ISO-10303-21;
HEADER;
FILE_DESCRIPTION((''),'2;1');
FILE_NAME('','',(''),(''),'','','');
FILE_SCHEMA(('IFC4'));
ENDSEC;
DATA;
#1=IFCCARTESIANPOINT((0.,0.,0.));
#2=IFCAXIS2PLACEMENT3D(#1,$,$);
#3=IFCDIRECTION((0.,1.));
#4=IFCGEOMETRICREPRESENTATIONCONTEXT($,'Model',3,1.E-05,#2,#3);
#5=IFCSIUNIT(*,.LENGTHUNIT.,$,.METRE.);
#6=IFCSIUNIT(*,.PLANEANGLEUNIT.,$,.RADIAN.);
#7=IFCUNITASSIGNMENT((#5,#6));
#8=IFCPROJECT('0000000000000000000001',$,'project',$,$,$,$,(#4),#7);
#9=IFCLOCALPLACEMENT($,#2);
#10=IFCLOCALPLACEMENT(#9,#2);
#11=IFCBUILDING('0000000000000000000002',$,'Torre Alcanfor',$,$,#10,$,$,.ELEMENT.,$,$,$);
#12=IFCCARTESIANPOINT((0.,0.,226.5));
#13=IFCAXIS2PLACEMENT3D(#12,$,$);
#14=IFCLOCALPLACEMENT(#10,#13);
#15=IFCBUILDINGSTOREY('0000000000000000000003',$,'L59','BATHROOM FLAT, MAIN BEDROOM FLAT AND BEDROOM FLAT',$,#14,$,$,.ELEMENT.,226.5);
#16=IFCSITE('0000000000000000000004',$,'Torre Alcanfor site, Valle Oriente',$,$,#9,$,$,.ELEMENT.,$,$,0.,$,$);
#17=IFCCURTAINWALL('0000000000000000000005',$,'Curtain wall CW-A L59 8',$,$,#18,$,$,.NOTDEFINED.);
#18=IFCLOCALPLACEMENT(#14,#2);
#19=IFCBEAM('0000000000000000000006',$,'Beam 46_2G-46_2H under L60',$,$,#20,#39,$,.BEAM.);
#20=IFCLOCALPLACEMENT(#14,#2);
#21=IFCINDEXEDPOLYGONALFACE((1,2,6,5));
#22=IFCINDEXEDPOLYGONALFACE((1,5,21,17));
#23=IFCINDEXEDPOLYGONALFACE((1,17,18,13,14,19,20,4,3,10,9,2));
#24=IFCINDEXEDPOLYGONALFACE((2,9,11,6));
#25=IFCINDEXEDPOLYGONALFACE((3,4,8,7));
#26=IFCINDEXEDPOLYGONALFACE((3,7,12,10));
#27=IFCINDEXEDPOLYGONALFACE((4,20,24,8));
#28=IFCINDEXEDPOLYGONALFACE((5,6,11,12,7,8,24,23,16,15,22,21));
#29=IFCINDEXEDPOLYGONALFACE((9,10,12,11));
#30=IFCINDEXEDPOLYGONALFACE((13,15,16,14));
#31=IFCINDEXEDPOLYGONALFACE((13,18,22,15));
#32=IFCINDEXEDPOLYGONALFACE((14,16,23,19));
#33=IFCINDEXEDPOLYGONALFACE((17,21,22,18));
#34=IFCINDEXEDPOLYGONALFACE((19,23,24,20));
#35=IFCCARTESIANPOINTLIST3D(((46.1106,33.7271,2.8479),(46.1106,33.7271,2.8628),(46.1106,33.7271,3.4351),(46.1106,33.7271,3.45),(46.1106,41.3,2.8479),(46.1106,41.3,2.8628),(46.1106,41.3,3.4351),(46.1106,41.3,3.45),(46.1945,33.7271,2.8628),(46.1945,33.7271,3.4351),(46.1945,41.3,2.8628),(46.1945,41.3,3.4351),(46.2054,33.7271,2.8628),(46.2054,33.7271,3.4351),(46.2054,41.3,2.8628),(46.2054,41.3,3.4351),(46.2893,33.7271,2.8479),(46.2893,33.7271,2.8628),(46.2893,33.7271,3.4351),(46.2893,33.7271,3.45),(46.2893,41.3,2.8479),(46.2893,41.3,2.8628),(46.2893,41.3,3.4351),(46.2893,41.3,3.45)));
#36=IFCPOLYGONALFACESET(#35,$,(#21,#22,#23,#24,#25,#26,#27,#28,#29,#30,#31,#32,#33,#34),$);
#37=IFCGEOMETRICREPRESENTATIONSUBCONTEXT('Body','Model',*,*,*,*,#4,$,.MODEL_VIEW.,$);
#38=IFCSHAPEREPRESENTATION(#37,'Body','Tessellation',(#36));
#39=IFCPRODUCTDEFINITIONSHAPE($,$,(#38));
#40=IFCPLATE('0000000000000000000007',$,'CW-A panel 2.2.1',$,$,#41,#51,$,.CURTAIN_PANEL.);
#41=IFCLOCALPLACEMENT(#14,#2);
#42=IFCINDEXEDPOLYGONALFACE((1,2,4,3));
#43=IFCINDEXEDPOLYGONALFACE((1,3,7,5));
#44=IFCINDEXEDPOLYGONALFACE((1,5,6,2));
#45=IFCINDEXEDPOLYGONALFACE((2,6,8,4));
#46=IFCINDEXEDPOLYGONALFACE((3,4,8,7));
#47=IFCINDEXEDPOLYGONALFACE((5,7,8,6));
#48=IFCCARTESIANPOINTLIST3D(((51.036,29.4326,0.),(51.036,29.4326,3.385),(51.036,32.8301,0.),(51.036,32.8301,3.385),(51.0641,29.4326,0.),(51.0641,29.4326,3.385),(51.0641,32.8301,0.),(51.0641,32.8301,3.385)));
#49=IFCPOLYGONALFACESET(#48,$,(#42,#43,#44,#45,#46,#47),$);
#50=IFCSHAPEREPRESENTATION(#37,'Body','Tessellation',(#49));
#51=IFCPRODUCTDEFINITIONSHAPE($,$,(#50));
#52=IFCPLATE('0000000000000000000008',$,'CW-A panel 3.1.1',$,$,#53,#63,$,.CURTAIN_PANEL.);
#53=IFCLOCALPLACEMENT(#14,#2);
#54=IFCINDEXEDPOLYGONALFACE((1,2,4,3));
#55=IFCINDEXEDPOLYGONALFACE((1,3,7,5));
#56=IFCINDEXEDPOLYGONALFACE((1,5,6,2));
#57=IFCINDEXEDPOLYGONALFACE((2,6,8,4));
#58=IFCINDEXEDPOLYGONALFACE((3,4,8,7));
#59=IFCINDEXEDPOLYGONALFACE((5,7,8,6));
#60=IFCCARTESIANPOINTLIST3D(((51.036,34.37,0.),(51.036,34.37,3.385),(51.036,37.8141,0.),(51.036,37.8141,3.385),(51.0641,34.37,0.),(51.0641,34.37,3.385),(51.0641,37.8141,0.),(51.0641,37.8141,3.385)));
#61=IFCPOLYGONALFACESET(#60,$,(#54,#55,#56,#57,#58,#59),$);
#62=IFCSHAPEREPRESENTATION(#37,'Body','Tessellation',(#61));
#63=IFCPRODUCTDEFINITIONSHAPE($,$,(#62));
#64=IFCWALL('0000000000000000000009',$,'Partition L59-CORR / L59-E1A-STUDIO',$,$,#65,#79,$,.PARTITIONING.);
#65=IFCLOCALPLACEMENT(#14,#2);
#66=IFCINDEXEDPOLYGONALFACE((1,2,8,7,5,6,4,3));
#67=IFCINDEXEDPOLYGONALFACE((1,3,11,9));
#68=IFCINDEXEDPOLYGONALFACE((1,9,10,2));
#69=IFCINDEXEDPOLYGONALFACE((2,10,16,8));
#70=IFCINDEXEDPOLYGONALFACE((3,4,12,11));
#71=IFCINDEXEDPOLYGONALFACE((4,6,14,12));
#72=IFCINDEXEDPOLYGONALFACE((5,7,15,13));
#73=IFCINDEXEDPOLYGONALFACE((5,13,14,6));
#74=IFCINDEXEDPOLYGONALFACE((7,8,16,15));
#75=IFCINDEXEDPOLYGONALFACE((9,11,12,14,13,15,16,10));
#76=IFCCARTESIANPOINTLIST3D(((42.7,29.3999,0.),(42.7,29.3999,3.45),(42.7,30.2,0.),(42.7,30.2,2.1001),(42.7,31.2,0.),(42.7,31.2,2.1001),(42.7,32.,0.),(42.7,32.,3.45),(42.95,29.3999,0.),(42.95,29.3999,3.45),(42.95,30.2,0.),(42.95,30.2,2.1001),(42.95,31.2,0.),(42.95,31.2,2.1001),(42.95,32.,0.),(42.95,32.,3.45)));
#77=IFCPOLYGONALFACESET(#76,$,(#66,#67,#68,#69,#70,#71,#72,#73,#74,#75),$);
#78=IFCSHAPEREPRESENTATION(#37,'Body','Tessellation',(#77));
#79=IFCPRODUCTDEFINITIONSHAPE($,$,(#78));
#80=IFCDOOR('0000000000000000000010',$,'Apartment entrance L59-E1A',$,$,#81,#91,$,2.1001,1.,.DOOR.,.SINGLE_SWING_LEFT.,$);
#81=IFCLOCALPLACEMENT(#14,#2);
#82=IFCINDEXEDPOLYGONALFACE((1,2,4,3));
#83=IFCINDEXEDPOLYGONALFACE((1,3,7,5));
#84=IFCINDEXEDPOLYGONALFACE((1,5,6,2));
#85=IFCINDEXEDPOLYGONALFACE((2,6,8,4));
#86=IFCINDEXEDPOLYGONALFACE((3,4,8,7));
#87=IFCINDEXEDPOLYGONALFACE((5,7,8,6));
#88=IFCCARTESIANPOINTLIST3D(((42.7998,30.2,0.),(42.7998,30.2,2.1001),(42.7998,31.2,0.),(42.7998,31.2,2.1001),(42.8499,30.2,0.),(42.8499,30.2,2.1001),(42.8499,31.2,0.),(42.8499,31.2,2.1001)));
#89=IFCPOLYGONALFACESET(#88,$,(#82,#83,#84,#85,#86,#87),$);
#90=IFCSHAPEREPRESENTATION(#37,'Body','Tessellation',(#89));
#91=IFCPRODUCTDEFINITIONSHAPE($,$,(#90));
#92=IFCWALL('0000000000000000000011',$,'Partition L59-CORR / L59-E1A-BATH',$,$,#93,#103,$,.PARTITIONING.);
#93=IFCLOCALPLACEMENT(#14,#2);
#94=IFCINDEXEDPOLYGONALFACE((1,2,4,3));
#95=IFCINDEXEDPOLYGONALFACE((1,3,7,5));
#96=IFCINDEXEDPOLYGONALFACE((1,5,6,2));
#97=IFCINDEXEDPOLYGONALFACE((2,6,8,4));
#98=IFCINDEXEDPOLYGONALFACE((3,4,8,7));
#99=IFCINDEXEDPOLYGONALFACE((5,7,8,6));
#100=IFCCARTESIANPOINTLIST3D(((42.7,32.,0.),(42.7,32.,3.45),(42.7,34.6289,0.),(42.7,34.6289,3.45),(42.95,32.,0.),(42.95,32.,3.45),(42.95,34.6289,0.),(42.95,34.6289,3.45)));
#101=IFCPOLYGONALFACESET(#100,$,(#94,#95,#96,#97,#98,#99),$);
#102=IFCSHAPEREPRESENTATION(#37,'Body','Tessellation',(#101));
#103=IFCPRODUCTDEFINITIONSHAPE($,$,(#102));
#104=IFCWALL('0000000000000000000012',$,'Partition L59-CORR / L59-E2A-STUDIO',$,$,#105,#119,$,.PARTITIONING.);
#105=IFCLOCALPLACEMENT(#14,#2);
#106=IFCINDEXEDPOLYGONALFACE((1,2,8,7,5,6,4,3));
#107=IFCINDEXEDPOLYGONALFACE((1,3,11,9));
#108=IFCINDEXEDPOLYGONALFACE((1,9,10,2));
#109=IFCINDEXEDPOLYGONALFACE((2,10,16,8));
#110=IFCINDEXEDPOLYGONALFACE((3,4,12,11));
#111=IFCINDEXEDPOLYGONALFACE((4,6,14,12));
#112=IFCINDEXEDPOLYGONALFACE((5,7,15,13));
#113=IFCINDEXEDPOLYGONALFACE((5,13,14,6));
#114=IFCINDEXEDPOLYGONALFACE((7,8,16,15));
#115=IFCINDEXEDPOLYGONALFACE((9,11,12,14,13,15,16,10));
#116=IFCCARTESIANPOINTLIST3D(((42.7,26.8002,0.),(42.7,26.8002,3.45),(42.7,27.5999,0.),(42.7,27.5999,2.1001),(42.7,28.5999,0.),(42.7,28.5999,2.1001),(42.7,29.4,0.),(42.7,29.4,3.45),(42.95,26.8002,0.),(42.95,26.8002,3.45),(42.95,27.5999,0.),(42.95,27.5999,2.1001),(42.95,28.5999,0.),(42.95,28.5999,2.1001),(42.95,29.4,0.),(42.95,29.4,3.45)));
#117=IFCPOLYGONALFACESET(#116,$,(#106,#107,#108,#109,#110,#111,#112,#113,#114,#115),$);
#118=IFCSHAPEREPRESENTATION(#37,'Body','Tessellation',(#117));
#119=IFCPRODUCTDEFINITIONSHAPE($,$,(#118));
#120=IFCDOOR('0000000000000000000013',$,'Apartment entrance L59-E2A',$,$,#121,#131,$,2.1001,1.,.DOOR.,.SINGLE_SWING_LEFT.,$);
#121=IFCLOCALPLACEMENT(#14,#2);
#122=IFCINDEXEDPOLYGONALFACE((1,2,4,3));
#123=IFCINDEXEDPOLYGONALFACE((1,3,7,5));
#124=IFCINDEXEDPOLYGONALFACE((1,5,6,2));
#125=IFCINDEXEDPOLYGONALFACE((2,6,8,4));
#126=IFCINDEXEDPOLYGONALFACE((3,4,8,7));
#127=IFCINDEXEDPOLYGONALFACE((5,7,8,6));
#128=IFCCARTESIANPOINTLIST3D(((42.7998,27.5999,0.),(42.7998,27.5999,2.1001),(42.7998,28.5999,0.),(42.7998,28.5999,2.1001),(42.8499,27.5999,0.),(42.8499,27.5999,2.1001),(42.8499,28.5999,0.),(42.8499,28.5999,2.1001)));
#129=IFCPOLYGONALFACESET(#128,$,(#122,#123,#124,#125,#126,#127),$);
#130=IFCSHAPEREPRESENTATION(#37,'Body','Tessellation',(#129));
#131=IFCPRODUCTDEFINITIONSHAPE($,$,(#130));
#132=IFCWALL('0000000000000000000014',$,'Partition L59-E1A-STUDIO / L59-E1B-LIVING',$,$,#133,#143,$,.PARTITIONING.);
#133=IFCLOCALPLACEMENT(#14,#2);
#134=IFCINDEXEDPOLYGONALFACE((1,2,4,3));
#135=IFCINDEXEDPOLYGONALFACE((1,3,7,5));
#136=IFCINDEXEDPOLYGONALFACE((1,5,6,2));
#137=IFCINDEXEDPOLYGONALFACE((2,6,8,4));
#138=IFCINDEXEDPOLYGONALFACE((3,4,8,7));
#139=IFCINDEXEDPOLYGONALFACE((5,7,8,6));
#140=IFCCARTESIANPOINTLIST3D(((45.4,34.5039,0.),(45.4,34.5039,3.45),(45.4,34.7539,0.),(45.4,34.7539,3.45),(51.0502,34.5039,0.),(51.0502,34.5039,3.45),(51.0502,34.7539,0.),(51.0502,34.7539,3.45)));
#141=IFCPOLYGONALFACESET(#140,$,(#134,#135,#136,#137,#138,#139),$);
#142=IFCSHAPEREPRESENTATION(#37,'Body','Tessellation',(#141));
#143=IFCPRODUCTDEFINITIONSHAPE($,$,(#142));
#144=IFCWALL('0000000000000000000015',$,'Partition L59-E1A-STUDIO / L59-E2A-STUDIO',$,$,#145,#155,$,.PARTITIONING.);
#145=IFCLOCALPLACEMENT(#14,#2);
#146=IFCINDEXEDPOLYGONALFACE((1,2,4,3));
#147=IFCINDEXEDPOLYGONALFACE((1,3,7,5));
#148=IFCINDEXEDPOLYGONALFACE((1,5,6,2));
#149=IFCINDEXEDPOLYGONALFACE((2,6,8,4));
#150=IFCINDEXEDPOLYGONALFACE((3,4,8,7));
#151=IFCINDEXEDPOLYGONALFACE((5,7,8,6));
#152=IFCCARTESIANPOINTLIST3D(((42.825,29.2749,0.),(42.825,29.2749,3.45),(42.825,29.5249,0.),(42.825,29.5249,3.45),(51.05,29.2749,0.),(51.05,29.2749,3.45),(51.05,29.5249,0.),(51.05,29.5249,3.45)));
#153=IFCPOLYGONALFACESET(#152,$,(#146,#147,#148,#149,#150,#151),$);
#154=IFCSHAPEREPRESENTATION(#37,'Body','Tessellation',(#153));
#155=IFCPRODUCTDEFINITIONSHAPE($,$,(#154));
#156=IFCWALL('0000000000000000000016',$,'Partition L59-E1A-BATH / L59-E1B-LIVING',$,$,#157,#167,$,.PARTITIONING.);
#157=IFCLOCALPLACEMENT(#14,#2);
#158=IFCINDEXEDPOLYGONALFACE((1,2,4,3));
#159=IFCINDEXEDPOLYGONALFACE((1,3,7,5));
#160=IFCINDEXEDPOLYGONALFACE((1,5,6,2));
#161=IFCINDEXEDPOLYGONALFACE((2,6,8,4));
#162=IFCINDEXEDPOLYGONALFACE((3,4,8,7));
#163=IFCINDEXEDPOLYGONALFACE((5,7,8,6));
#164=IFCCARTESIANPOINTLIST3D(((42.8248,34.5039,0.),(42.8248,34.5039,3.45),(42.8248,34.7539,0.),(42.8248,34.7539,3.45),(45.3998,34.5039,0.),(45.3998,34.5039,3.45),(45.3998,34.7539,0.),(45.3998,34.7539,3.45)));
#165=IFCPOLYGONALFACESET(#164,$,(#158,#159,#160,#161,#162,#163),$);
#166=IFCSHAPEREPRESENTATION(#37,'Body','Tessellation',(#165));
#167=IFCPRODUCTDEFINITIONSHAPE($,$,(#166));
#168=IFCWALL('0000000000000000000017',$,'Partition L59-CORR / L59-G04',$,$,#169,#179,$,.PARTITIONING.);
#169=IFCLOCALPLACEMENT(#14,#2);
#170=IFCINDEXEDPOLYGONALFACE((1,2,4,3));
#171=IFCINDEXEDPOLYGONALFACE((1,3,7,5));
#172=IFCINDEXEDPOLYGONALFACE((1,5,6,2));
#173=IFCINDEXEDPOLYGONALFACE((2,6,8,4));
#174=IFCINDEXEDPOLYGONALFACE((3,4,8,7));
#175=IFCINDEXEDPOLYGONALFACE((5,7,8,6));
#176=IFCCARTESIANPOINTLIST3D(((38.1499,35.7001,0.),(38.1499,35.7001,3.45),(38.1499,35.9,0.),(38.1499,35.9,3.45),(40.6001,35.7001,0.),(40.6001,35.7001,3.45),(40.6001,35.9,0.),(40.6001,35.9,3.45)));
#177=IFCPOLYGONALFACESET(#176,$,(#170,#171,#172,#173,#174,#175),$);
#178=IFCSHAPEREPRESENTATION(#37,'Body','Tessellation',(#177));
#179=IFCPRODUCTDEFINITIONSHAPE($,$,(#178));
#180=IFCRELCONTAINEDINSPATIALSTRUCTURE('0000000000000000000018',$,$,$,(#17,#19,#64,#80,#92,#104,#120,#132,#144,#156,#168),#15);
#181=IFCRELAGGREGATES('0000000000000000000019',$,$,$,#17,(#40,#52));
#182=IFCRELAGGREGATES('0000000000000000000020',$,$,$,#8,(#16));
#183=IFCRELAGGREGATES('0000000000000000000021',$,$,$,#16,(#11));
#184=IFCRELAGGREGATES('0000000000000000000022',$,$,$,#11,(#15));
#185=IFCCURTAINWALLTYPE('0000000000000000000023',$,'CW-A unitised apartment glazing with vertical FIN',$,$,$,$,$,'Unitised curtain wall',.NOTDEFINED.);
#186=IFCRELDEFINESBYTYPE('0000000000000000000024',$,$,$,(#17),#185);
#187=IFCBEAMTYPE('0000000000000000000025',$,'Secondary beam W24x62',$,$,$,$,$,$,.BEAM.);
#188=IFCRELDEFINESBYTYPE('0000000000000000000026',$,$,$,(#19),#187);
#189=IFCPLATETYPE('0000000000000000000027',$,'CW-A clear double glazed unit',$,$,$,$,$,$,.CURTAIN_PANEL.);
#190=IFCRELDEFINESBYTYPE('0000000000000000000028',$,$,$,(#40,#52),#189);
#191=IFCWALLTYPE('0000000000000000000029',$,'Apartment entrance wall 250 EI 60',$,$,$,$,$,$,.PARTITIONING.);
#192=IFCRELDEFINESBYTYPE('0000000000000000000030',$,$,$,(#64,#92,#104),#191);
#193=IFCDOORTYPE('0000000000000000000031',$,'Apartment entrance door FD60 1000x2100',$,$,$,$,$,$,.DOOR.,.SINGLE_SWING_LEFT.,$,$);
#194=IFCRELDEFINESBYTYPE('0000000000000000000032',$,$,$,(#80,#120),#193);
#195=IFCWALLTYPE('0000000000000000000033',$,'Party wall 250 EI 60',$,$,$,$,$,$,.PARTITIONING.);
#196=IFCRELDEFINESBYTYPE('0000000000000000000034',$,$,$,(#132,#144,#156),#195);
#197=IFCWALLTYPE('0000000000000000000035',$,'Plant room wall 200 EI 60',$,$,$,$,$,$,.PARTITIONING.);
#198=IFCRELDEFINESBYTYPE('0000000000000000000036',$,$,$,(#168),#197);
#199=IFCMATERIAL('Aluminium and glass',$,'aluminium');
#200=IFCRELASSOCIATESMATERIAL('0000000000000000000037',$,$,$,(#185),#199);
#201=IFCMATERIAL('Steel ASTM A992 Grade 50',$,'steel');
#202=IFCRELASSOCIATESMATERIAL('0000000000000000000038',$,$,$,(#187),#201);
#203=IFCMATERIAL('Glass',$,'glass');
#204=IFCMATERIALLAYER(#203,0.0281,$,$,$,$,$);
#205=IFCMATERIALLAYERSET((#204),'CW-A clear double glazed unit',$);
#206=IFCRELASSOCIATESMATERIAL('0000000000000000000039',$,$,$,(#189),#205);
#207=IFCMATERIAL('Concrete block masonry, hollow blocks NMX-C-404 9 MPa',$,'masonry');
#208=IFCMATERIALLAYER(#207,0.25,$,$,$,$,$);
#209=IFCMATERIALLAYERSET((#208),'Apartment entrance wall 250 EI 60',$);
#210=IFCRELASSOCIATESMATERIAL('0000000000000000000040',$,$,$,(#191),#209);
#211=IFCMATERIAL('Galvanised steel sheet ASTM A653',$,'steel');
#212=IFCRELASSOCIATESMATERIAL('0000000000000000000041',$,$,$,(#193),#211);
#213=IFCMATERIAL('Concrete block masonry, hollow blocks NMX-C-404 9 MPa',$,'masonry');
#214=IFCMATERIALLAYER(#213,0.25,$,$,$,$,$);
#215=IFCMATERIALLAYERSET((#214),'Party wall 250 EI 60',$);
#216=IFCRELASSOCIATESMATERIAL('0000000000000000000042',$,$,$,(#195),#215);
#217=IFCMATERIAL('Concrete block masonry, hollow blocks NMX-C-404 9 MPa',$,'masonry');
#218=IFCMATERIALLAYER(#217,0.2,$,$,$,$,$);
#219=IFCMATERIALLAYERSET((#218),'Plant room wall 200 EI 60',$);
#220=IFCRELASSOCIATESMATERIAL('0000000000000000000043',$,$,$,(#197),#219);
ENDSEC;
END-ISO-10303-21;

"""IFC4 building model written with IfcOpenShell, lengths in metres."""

from ifc_helpers import new_model, si_unit, direction, frame, frame_2d, origin, origin_2d, place, context, subcontext, project, spatial, rectangle, i_section, extrude, material, layer, layer_set, material_profile, profile_set, type_object, element, fill, aggregate, save


model = new_model("IFC4")

# Units and contexts
model_context = context("Model", 3, precision=1e-05, world=origin(), true_north=direction((0.0, 1.0)))
body_context = subcontext(model_context, "Body", "Model", "MODEL_VIEW")
ifc_project = project(units=[si_unit("LENGTHUNIT", "METRE"), si_unit("PLANEANGLEUNIT", "RADIAN")], contexts=[model_context])

# Site, building, storey
site_placement = place(None, origin())
site = spatial("IfcSite", under=ifc_project, at=site_placement, Name="Torre Alcanfor site, Valle Oriente", CompositionType="ELEMENT", RefElevation=0.0)
building_placement = place(site_placement, origin())
building = spatial("IfcBuilding", under=site, at=building_placement, Name="Torre Alcanfor", CompositionType="ELEMENT")
storey_placement = place(building_placement, frame((0.0, 0.0, 226.5)))
storey = spatial("IfcBuildingStorey", under=building, at=storey_placement, Name="L59", Description="BATHROOM FLAT, MAIN BEDROOM FLAT AND BEDROOM FLAT", CompositionType="ELEMENT", Elevation=226.5)

# Curtain wall
ifc_material_1 = material(Name="Aluminium and glass", Category="aluminium")
curtain_wall_type = type_object("IfcCurtainWallType", Name="CW-A unitised apartment glazing with vertical FIN", ElementType="Unitised curtain wall", PredefinedType="NOTDEFINED", material=ifc_material_1)
curtain_wall_placement = place(storey_placement, origin())
curtain_wall = element("IfcCurtainWall", 1, at=curtain_wall_placement, inside=storey, type_object=curtain_wall_type, Name="Curtain wall CW-A L59 8", PredefinedType="NOTDEFINED")

# Beam
ifc_material_2 = material(Name="Steel ASTM A992 Grade 50", Category="steel")
ifc_material_profile_1 = material_profile(ifc_material_2, i_section(OverallWidth=0.1787, OverallDepth=0.6021, WebThickness=0.011, FlangeThickness=0.0149, at=origin_2d()), Name="W24x62")
ifc_profile_set_1 = profile_set([ifc_material_profile_1], Name="Steel ASTM A992 Grade 50")
beam_type_1 = type_object("IfcBeamType", Name="Secondary beam W24x62", PredefinedType="BEAM", material=ifc_profile_set_1)
beam_1_placement = place(storey_placement, frame((46.2, 33.7271, 3.1489), z_axis=(0.0, 1.0, 0.0), x_axis=(-1.0, 0.0, 0.0)))
element("IfcBeam", 2, at=beam_1_placement, inside=storey, type_object=beam_type_1, Name="Beam 46_2G-46_2H under L60", PredefinedType="BEAM", context=body_context, shape_type="SweptSolid", body=[
    extrude(i_section(OverallWidth=0.1787, OverallDepth=0.6021, WebThickness=0.011, FlangeThickness=0.0149, at=origin_2d()), origin(), (0.0, 0.0, 1.0), 7.573),
])

# Plates
ifc_material_3 = material(Name="Glass", Category="glass")
ifc_layer_1 = layer(ifc_material_3, 0.0281)
ifc_layer_set_1 = layer_set([ifc_layer_1], Name="CW-A clear double glazed unit")
plate_type = type_object("IfcPlateType", Name="CW-A clear double glazed unit", PredefinedType="CURTAIN_PANEL", material=ifc_layer_set_1)
plate_1_placement = place(storey_placement, frame((51.05, 31.1313, 0.0), z_axis=(0.0, 0.0, 1.0), x_axis=(0.0, 1.0, 0.0)))
plate_1 = element("IfcPlate", 3, at=plate_1_placement, type_object=plate_type, Name="CW-A panel 2.2.1", PredefinedType="CURTAIN_PANEL", context=body_context, shape_type="SweptSolid", body=[
    extrude(rectangle(XDim=3.3975, YDim=0.0281, at=origin_2d()), origin(), (0.0, 0.0, 1.0), 3.385),
])
plate_2_placement = place(storey_placement, frame((51.05, 36.092, 0.0), z_axis=(0.0, 0.0, 1.0), x_axis=(0.0, 1.0, 0.0)))
plate_2 = element("IfcPlate", 4, at=plate_2_placement, type_object=plate_type, Name="CW-A panel 3.1.1", PredefinedType="CURTAIN_PANEL", context=body_context, shape_type="SweptSolid", body=[
    extrude(rectangle(XDim=3.4441, YDim=0.0281, at=origin_2d()), origin(), (0.0, 0.0, 1.0), 3.385),
])
aggregate(curtain_wall, [plate_1, plate_2])

# Wall, opening, door
ifc_material_4 = material(Name="Concrete block masonry, hollow blocks NMX-C-404 9 MPa", Category="masonry")
ifc_layer_2 = layer(ifc_material_4, 0.25)
ifc_layer_set_2 = layer_set([ifc_layer_2], Name="Apartment entrance wall 250 EI 60")
wall_type_1 = type_object("IfcWallType", Name="Apartment entrance wall 250 EI 60", PredefinedType="PARTITIONING", material=ifc_layer_set_2)
wall_1_placement = place(storey_placement, frame((42.825, 32.0, 0.0), z_axis=(0.0, 0.0, 1.0), x_axis=(0.0, -1.0, 0.0)))
wall_1 = element("IfcWall", 5, at=wall_1_placement, inside=storey, type_object=wall_type_1, Name="Partition L59-CORR / L59-E1A-STUDIO", PredefinedType="PARTITIONING", context=body_context, shape_type="SweptSolid", body=[
    extrude(rectangle(XDim=2.6001, YDim=0.25, at=frame_2d((1.3, 0.0))), origin(), (0.0, 0.0, 1.0), 3.45),
])
opening_1_placement = place(wall_1_placement, frame((0.8, 0.0, 0.0)))
opening_1 = element("IfcOpeningElement", 6, at=opening_1_placement, cuts=wall_1, PredefinedType="OPENING", context=body_context, shape_type="SweptSolid", body=[
    extrude(rectangle(XDim=1.0, YDim=2.1001, at=frame_2d((0.5, 1.05))), frame((0.0, 0.135, 0.0), z_axis=(0.0, -1.0, 0.0), x_axis=(1.0, 0.0, 0.0)), (0.0, 0.0, 1.0), 0.27),
])
ifc_material_5 = material(Name="Galvanised steel sheet ASTM A653", Category="steel")
door_type_1 = type_object("IfcDoorType", Name="Apartment entrance door FD60 1000x2100", OperationType="SINGLE_SWING_LEFT", PredefinedType="DOOR", material=ifc_material_5)
door_1_placement = place(opening_1_placement, origin())
door_1 = element("IfcDoor", 7, at=door_1_placement, inside=storey, type_object=door_type_1, Name="Apartment entrance L59-E1A", OperationType="SINGLE_SWING_LEFT", OverallHeight=2.1001, OverallWidth=1.0, PredefinedType="DOOR", context=body_context, shape_type="SweptSolid", body=[
    extrude(rectangle(XDim=1.0, YDim=2.1001, at=frame_2d((0.5, 1.05))), frame((0.0, 0.0249, 0.0), z_axis=(0.0, -1.0, 0.0), x_axis=(1.0, 0.0, 0.0)), (0.0, 0.0, 1.0), 0.05),
])
fill(opening_1, door_1)

# Wall
wall_2_placement = place(storey_placement, frame((42.825, 34.6289, 0.0), z_axis=(0.0, 0.0, 1.0), x_axis=(0.0, -1.0, 0.0)))
element("IfcWall", 8, at=wall_2_placement, inside=storey, type_object=wall_type_1, Name="Partition L59-CORR / L59-E1A-BATH", PredefinedType="PARTITIONING", context=body_context, shape_type="SweptSolid", body=[
    extrude(rectangle(XDim=2.6289, YDim=0.25, at=frame_2d((1.3145, 0.0))), origin(), (0.0, 0.0, 1.0), 3.45),
])

# Wall, opening, door
wall_3_placement = place(storey_placement, frame((42.825, 29.3999, 0.0), z_axis=(0.0, 0.0, 1.0), x_axis=(0.0, -1.0, 0.0)))
wall_3 = element("IfcWall", 9, at=wall_3_placement, inside=storey, type_object=wall_type_1, Name="Partition L59-CORR / L59-E2A-STUDIO", PredefinedType="PARTITIONING", context=body_context, shape_type="SweptSolid", body=[
    extrude(rectangle(XDim=2.5999, YDim=0.25, at=frame_2d((1.2998, 0.0))), origin(), (0.0, 0.0, 1.0), 3.45),
])
opening_2_placement = place(wall_3_placement, frame((0.8, 0.0, 0.0)))
opening_2 = element("IfcOpeningElement", 10, at=opening_2_placement, cuts=wall_3, PredefinedType="OPENING", context=body_context, shape_type="SweptSolid", body=[
    extrude(rectangle(XDim=1.0, YDim=2.1001, at=frame_2d((0.5, 1.05))), frame((0.0, 0.135, 0.0), z_axis=(0.0, -1.0, 0.0), x_axis=(1.0, 0.0, 0.0)), (0.0, 0.0, 1.0), 0.27),
])
door_2_placement = place(opening_2_placement, origin())
door_2 = element("IfcDoor", 11, at=door_2_placement, inside=storey, type_object=door_type_1, Name="Apartment entrance L59-E2A", OperationType="SINGLE_SWING_LEFT", OverallHeight=2.1001, OverallWidth=1.0, PredefinedType="DOOR", context=body_context, shape_type="SweptSolid", body=[
    extrude(rectangle(XDim=1.0, YDim=2.1001, at=frame_2d((0.5, 1.05))), frame((0.0, 0.0249, 0.0), z_axis=(0.0, -1.0, 0.0), x_axis=(1.0, 0.0, 0.0)), (0.0, 0.0, 1.0), 0.05),
])
fill(opening_2, door_2)

# Walls
ifc_material_6 = material(Name="Concrete block masonry, hollow blocks NMX-C-404 9 MPa", Category="masonry")
ifc_layer_3 = layer(ifc_material_6, 0.25)
ifc_layer_set_3 = layer_set([ifc_layer_3], Name="Party wall 250 EI 60")
wall_type_2 = type_object("IfcWallType", Name="Party wall 250 EI 60", PredefinedType="PARTITIONING", material=ifc_layer_set_3)
wall_4_placement = place(storey_placement, frame((45.3999, 34.6289, 0.0), z_axis=(0.0, 0.0, 1.0), x_axis=(1.0, 0.0, 0.0)))
element("IfcWall", 12, at=wall_4_placement, inside=storey, type_object=wall_type_2, Name="Partition L59-E1A-STUDIO / L59-E1B-LIVING", PredefinedType="PARTITIONING", context=body_context, shape_type="SweptSolid", body=[
    extrude(rectangle(XDim=5.6501, YDim=0.25, at=frame_2d((2.8252, 0.0))), origin(), (0.0, 0.0, 1.0), 3.45),
])
wall_5_placement = place(storey_placement, frame((51.05, 29.3999, 0.0), z_axis=(0.0, 0.0, 1.0), x_axis=(-1.0, 0.0, 0.0)))
element("IfcWall", 13, at=wall_5_placement, inside=storey, type_object=wall_type_2, Name="Partition L59-E1A-STUDIO / L59-E2A-STUDIO", PredefinedType="PARTITIONING", context=body_context, shape_type="SweptSolid", body=[
    extrude(rectangle(XDim=8.2251, YDim=0.25, at=frame_2d((4.1125, 0.0))), origin(), (0.0, 0.0, 1.0), 3.45),
])
wall_6_placement = place(storey_placement, frame((45.3999, 34.6289, 0.0), z_axis=(0.0, 0.0, 1.0), x_axis=(-1.0, 0.0, 0.0)))
element("IfcWall", 14, at=wall_6_placement, inside=storey, type_object=wall_type_2, Name="Partition L59-E1A-BATH / L59-E1B-LIVING", PredefinedType="PARTITIONING", context=body_context, shape_type="SweptSolid", body=[
    extrude(rectangle(XDim=2.575, YDim=0.25, at=frame_2d((1.2876, 0.0))), origin(), (0.0, 0.0, 1.0), 3.45),
])
ifc_material_7 = material(Name="Concrete block masonry, hollow blocks NMX-C-404 9 MPa", Category="masonry")
ifc_layer_4 = layer(ifc_material_7, 0.2)
ifc_layer_set_4 = layer_set([ifc_layer_4], Name="Plant room wall 200 EI 60")
wall_type_3 = type_object("IfcWallType", Name="Plant room wall 200 EI 60", PredefinedType="PARTITIONING", material=ifc_layer_set_4)
wall_7_placement = place(storey_placement, frame((38.1499, 35.8, 0.0), z_axis=(0.0, 0.0, 1.0), x_axis=(1.0, 0.0, 0.0)))
element("IfcWall", 15, at=wall_7_placement, inside=storey, type_object=wall_type_3, Name="Partition L59-CORR / L59-G04", PredefinedType="PARTITIONING", context=body_context, shape_type="SweptSolid", body=[
    extrude(rectangle(XDim=2.4502, YDim=0.2, at=frame_2d((1.2251, 0.0))), origin(), (0.0, 0.0, 1.0), 3.45),
])

save(model, "model.ifc")
